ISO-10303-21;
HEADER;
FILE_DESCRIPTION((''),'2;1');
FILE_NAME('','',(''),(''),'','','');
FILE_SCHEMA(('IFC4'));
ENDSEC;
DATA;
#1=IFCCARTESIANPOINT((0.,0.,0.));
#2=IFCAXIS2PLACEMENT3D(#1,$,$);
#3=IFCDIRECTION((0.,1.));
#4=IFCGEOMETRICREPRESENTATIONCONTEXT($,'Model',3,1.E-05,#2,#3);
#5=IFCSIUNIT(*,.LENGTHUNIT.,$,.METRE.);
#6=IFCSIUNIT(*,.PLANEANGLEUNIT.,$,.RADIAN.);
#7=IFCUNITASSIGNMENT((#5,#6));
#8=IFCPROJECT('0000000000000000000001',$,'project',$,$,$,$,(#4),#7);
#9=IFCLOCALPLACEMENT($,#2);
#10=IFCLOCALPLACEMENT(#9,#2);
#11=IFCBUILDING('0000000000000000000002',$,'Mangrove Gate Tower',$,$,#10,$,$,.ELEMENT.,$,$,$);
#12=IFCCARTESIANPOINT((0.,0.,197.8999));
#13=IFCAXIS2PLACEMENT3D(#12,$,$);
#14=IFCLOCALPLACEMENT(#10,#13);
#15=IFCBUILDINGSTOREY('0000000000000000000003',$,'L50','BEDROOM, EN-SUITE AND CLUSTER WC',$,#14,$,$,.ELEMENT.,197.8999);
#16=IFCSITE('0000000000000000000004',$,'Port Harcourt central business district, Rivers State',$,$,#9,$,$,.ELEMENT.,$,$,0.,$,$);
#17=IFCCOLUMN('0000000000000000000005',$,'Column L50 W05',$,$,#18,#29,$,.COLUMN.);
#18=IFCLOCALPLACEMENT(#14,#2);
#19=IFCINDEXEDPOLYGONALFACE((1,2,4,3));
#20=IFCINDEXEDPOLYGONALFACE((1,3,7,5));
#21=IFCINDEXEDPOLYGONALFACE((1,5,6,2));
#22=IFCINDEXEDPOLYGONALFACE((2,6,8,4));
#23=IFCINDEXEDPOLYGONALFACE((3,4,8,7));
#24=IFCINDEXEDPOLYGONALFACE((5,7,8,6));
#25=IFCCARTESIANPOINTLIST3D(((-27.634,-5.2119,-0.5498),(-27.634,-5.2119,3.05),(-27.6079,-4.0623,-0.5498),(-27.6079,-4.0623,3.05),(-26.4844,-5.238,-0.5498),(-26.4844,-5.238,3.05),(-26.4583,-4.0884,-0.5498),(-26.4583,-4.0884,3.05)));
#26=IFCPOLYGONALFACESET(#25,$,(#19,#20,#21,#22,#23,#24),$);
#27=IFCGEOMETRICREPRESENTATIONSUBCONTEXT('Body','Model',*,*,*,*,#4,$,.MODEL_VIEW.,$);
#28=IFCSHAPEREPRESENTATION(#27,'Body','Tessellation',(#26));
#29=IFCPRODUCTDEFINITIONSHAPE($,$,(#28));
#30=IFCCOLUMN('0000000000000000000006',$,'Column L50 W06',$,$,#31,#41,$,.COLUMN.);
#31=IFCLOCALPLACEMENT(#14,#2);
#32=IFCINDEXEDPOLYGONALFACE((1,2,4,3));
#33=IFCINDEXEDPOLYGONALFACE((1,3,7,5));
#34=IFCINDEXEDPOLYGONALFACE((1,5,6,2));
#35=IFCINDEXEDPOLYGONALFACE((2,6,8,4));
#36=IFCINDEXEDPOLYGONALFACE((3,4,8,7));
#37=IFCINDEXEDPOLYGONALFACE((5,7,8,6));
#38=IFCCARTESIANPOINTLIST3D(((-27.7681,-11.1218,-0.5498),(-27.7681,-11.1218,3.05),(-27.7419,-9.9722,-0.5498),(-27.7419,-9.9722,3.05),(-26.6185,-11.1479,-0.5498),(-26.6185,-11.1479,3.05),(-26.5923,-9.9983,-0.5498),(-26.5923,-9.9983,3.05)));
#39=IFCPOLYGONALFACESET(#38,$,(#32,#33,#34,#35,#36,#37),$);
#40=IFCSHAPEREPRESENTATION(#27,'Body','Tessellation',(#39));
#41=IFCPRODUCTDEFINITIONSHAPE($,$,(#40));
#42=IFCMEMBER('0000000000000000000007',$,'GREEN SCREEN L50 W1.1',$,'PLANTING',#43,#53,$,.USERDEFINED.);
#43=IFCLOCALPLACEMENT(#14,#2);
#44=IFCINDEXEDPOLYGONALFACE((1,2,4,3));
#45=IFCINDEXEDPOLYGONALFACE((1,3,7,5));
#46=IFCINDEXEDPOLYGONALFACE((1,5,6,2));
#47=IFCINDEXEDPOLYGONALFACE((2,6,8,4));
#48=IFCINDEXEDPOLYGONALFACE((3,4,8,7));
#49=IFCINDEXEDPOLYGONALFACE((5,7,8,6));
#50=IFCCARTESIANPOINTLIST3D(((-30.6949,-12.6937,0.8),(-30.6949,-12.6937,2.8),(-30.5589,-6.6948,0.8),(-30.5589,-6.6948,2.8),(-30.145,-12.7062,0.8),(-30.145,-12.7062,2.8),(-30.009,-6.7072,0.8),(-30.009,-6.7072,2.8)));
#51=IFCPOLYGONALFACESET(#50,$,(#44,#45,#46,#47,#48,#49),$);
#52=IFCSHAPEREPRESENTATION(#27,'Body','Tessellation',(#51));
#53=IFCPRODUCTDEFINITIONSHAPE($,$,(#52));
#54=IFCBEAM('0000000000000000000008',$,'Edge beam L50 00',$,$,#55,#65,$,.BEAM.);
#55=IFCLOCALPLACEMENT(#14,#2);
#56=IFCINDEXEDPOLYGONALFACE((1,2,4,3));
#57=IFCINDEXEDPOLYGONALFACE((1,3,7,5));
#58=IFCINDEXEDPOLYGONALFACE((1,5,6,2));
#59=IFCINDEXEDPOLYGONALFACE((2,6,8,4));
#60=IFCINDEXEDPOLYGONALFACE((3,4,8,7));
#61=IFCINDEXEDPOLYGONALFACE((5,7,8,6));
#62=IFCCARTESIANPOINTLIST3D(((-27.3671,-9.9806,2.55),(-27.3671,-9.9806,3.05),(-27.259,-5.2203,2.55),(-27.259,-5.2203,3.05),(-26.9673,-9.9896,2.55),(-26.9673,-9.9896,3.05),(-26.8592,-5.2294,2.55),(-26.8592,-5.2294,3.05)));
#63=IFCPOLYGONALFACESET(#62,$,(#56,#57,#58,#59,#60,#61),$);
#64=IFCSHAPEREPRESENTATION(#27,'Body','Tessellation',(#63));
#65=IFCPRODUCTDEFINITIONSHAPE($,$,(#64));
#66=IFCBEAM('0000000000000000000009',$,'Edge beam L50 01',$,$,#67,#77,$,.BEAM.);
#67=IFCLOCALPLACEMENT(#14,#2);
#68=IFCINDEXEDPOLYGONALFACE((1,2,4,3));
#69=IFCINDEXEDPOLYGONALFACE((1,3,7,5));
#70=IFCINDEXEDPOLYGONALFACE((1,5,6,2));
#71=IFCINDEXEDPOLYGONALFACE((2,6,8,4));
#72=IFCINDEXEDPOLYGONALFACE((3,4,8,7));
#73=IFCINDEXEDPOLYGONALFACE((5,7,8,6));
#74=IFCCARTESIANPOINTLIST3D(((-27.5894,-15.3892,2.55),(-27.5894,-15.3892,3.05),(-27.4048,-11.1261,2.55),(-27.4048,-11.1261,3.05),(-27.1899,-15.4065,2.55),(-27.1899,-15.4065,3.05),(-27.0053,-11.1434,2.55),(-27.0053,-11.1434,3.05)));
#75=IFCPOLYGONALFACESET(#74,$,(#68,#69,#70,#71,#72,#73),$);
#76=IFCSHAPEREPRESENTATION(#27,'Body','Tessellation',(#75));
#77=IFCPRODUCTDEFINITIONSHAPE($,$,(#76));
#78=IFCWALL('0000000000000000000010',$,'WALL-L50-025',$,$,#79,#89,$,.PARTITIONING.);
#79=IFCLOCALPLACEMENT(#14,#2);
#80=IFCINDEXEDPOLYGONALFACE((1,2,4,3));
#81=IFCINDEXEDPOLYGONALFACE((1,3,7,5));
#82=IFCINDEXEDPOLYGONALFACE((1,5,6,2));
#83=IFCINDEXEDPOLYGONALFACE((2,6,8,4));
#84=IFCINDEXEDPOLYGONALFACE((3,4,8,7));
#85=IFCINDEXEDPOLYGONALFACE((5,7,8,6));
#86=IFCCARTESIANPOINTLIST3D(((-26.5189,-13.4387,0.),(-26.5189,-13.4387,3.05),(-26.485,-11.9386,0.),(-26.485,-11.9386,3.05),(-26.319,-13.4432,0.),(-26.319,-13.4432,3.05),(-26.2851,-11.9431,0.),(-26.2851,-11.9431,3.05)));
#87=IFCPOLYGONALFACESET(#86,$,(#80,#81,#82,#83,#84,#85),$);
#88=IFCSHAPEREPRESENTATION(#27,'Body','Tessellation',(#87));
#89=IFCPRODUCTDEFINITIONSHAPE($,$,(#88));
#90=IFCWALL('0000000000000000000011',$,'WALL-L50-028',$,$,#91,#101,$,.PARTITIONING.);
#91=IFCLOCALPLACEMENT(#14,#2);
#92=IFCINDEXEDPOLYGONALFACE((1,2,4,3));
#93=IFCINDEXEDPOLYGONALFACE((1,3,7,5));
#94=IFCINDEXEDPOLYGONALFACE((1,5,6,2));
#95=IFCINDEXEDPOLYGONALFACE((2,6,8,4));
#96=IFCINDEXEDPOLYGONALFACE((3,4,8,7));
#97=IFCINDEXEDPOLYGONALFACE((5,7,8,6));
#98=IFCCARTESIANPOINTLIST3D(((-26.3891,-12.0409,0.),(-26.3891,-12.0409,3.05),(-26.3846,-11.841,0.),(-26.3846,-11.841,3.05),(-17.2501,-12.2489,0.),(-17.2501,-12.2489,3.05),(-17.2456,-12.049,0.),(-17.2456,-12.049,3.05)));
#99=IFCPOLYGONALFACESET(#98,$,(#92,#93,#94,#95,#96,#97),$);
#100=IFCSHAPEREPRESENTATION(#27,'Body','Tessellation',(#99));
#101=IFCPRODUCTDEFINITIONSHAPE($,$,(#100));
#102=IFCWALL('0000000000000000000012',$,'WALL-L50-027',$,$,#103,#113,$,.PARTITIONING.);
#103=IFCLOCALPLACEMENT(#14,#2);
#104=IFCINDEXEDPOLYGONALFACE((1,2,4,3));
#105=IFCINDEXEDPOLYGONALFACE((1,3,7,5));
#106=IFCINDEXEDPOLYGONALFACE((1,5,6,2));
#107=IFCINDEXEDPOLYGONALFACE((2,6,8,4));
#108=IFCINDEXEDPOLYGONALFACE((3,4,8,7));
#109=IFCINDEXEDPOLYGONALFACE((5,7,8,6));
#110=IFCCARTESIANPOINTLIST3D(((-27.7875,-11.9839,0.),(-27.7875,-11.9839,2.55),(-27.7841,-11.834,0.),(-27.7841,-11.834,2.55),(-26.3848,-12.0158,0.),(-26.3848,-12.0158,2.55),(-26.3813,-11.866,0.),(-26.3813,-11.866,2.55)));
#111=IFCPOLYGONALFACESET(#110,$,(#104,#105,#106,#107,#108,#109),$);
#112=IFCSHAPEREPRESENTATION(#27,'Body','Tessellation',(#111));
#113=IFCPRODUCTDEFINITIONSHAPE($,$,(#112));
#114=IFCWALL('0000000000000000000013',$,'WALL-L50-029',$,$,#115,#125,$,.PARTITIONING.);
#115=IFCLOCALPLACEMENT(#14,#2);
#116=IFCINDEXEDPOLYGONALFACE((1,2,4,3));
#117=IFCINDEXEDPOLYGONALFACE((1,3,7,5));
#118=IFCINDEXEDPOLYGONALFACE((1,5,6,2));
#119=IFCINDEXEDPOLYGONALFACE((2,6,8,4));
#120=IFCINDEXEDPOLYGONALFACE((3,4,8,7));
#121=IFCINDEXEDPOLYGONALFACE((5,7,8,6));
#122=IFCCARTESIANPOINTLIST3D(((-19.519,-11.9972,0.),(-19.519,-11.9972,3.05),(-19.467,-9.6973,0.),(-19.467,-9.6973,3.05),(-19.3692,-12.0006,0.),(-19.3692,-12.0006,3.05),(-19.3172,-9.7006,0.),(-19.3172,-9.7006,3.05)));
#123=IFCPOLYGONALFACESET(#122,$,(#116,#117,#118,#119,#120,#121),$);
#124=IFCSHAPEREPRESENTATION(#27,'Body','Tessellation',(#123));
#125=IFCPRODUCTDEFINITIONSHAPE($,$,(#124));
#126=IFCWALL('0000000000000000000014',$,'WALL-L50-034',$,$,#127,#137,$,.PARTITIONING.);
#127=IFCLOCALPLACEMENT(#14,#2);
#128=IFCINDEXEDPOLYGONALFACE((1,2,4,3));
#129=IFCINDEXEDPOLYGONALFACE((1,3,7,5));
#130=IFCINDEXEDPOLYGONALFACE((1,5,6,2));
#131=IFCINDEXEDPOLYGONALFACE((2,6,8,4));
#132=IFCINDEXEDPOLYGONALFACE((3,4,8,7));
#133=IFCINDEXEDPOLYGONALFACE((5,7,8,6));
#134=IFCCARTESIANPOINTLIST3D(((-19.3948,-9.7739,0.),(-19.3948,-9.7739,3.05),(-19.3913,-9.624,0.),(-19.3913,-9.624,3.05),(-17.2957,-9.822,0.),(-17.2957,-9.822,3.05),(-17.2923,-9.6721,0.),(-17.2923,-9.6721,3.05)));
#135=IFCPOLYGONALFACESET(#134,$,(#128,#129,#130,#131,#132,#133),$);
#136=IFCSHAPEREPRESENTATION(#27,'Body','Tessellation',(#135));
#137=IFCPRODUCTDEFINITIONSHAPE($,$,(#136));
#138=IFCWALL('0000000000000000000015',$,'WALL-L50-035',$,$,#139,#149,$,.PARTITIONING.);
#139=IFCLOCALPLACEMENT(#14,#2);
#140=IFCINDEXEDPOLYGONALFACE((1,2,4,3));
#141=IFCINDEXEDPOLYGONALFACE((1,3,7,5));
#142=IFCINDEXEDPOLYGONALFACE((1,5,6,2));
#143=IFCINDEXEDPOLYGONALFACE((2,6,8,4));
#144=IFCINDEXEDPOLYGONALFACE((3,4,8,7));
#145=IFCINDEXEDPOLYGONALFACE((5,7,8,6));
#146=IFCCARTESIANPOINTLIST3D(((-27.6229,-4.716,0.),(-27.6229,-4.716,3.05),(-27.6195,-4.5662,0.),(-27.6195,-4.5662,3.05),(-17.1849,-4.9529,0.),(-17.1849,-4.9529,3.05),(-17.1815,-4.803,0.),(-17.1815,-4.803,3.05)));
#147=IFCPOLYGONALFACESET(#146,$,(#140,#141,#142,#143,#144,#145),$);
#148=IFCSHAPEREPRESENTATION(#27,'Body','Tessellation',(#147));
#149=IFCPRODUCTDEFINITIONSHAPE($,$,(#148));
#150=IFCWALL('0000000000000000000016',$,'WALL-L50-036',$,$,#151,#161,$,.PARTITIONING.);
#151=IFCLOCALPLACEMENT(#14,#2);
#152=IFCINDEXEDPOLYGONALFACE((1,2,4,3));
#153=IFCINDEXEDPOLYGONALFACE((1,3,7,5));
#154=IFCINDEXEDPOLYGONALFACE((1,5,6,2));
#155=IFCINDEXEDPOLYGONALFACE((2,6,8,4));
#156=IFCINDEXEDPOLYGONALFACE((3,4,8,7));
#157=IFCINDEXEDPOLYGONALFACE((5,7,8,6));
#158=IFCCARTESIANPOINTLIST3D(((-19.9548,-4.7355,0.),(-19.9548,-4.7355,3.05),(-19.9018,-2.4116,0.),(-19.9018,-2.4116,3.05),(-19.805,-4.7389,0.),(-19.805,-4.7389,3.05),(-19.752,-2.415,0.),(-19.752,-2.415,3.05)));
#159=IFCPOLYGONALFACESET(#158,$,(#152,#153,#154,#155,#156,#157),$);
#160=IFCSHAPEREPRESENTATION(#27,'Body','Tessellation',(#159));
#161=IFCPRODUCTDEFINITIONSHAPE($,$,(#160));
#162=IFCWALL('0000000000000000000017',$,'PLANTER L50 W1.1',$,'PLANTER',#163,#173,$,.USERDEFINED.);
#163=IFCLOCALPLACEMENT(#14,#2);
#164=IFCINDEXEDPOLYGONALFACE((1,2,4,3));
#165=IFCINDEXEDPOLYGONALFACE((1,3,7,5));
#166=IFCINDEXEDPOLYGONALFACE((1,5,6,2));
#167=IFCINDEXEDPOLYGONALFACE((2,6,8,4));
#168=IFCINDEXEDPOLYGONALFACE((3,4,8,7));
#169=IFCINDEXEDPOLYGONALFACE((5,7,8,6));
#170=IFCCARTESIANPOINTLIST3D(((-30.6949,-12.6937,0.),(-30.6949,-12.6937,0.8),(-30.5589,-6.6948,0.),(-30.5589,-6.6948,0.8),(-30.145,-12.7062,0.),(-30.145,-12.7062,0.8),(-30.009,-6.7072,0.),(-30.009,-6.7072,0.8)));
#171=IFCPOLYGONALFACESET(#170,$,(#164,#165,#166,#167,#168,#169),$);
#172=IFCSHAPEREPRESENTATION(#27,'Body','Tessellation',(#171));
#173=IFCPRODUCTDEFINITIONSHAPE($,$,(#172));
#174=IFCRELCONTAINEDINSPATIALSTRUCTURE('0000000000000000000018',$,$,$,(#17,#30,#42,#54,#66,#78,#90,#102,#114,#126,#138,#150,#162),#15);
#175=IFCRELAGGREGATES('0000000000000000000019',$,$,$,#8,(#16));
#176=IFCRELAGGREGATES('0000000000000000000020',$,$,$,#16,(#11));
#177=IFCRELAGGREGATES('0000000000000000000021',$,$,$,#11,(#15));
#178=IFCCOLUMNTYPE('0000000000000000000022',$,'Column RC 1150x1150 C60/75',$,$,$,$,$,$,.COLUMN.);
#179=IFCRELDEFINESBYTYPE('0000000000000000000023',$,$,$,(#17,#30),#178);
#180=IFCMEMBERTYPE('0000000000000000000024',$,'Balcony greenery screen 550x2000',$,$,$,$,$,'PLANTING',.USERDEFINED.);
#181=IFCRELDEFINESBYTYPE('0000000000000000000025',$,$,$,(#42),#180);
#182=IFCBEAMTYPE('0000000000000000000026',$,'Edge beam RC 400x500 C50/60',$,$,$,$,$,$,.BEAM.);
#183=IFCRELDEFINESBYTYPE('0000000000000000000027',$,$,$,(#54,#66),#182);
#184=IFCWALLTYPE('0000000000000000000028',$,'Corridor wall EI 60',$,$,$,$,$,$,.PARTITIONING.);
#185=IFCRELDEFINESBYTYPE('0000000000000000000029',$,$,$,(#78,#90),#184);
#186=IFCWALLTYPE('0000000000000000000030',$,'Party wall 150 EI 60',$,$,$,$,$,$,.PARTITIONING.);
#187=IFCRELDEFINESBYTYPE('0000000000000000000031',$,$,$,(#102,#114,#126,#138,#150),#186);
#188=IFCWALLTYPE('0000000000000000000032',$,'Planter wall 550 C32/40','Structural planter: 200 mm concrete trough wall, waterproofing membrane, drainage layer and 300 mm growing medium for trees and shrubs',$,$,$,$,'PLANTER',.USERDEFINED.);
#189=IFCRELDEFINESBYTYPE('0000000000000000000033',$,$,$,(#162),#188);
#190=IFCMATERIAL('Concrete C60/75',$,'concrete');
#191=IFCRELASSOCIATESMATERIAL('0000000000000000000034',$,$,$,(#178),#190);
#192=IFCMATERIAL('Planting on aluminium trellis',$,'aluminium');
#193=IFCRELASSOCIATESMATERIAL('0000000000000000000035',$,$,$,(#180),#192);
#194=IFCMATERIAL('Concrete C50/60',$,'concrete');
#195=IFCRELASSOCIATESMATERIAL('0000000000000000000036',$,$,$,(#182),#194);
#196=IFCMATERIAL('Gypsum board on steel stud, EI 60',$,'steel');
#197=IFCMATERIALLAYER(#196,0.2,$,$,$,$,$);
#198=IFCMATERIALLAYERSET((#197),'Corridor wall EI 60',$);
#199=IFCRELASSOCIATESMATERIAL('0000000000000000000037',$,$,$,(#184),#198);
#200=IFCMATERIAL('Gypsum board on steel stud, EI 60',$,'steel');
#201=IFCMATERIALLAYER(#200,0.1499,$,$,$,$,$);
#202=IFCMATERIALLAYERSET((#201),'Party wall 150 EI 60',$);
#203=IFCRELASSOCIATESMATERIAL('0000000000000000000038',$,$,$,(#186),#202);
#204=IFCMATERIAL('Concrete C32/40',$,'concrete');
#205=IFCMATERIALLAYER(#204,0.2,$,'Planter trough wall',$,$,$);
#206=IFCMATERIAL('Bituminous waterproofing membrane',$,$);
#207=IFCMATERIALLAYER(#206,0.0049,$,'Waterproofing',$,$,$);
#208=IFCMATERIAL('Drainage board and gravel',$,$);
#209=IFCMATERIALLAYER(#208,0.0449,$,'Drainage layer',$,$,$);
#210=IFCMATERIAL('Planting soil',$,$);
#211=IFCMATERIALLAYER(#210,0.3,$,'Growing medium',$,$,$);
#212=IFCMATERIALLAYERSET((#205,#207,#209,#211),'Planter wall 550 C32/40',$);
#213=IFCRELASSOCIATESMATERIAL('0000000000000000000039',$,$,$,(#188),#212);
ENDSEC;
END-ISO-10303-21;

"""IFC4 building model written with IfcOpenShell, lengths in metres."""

from ifc_helpers import new_model, si_unit, direction, frame, frame_2d, origin, origin_2d, place, context, subcontext, project, spatial, rectangle, extrude, material, layer, layer_set, material_profile, profile_set, type_object, element, save


model = new_model("IFC4")

# Units and contexts
model_context = context("Model", 3, precision=1e-05, world=origin(), true_north=direction((0.0, 1.0)))
body_context = subcontext(model_context, "Body", "Model", "MODEL_VIEW")
ifc_project = project(units=[si_unit("LENGTHUNIT", "METRE"), si_unit("PLANEANGLEUNIT", "RADIAN")], contexts=[model_context])

# Site, building, storey
site_placement = place(None, origin())
site = spatial("IfcSite", under=ifc_project, at=site_placement, Name="Port Harcourt central business district, Rivers State", CompositionType="ELEMENT", RefElevation=0.0)
building_placement = place(site_placement, origin())
building = spatial("IfcBuilding", under=site, at=building_placement, Name="Mangrove Gate Tower", CompositionType="ELEMENT")
storey_placement = place(building_placement, frame((0.0, 0.0, 197.8999)))
storey = spatial("IfcBuildingStorey", under=building, at=storey_placement, Name="L50", Description="BEDROOM, EN-SUITE AND CLUSTER WC", CompositionType="ELEMENT", Elevation=197.8999)

# Columns
ifc_material_1 = material(Name="Concrete C60/75", Category="concrete")
ifc_material_profile_1 = material_profile(ifc_material_1, rectangle(XDim=1.1499, YDim=1.1499, at=origin_2d()))
ifc_profile_set_1 = profile_set([ifc_material_profile_1], Name="Concrete C60/75")
column_type = type_object("IfcColumnType", Name="Column RC 1150x1150 C60/75", PredefinedType="COLUMN", material=ifc_profile_set_1)
for number, where, z_axis, x_axis, name in (
    (1, (-27.0461, -4.6501, -0.5498), (0.0, 0.0, 1.0), (-0.022682, -0.999743, 0.0), "Column L50 W05"),
    (2, (-27.1802, -10.5601, -0.5498), (0.0, 0.0, 1.0), (-0.02275, -0.999741, 0.0), "Column L50 W06"),
):
    element("IfcColumn", number, at=place(storey_placement, frame(where, z_axis=z_axis, x_axis=x_axis)), inside=storey, type_object=column_type, Name=name, PredefinedType="COLUMN", context=body_context, shape_type="SweptSolid", body=[
        extrude(rectangle(XDim=1.1499, YDim=1.1499, at=origin_2d()), origin(), (0.0, 0.0, 1.0), 3.5999),
    ])

# Member
ifc_material_2 = material(Name="Planting on aluminium trellis", Category="aluminium")
ifc_material_profile_2 = material_profile(ifc_material_2, rectangle(XDim=0.55, YDim=2.0, at=origin_2d()))
ifc_profile_set_2 = profile_set([ifc_material_profile_2], Name="Planting on aluminium trellis")
member_type = type_object("IfcMemberType", Name="Balcony greenery screen 550x2000", ElementType="PLANTING", PredefinedType="USERDEFINED", material=ifc_profile_set_2)
member_placement = place(storey_placement, frame((-30.4199, -12.7, 1.8), z_axis=(0.022662, 0.999743, 0.0), x_axis=(-0.999743, 0.022662, 0.0)))
element("IfcMember", 3, at=member_placement, inside=storey, type_object=member_type, Name="GREEN SCREEN L50 W1.1", ObjectType="PLANTING", PredefinedType="USERDEFINED", context=body_context, shape_type="SweptSolid", body=[
    extrude(rectangle(XDim=0.55, YDim=2.0, at=origin_2d()), origin(), (0.0, 0.0, 1.0), 6.0005),
])

# Beams
ifc_material_3 = material(Name="Concrete C50/60", Category="concrete")
ifc_material_profile_3 = material_profile(ifc_material_3, rectangle(XDim=0.3999, YDim=0.5, at=origin_2d()))
ifc_profile_set_3 = profile_set([ifc_material_profile_3], Name="Concrete C50/60")
beam_type = type_object("IfcBeamType", Name="Edge beam RC 400x500 C50/60", PredefinedType="BEAM", material=ifc_profile_set_3)
beam_1_placement = place(storey_placement, frame((-27.0591, -5.2249, 2.8), z_axis=(-0.022714, -0.999742, 0.0), x_axis=(0.999742, -0.022714, 0.0)))
element("IfcBeam", 4, at=beam_1_placement, inside=storey, type_object=beam_type, Name="Edge beam L50 00", PredefinedType="BEAM", context=body_context, shape_type="SweptSolid", body=[
    extrude(rectangle(XDim=0.3999, YDim=0.5, at=origin_2d()), origin(), (0.0, 0.0, 1.0), 4.7615),
])
beam_2_placement = place(storey_placement, frame((-27.2051, -11.1348, 2.8), z_axis=(-0.043253, -0.999064, 0.0), x_axis=(0.999064, -0.043253, 0.0)))
element("IfcBeam", 5, at=beam_2_placement, inside=storey, type_object=beam_type, Name="Edge beam L50 01", PredefinedType="BEAM", context=body_context, shape_type="SweptSolid", body=[
    extrude(rectangle(XDim=0.3999, YDim=0.5, at=origin_2d()), origin(), (0.0, 0.0, 1.0), 4.2671),
])

# Walls
ifc_material_4 = material(Name="Gypsum board on steel stud, EI 60", Category="steel")
ifc_layer_1 = layer(ifc_material_4, 0.2)
ifc_layer_set_1 = layer_set([ifc_layer_1], Name="Corridor wall EI 60")
wall_type_1 = type_object("IfcWallType", Name="Corridor wall EI 60", PredefinedType="PARTITIONING", material=ifc_layer_set_1)
wall_1_placement = place(storey_placement, frame((-26.4189, -13.4409, 0.0), z_axis=(0.0, 0.0, 1.0), x_axis=(0.022618, 0.999744, 0.0)))
element("IfcWall", 6, at=wall_1_placement, inside=storey, type_object=wall_type_1, Name="WALL-L50-025", PredefinedType="PARTITIONING", context=body_context, shape_type="SweptSolid", body=[
    extrude(rectangle(XDim=1.5005, YDim=0.2, at=frame_2d((0.7502, 0.0))), origin(), (0.0, 0.0, 1.0), 3.05),
])
wall_2_placement = place(storey_placement, frame((-26.387, -11.9409, 0.0), z_axis=(0.0, 0.0, 1.0), x_axis=(0.999741, -0.022755, 0.0)))
element("IfcWall", 7, at=wall_2_placement, inside=storey, type_object=wall_type_1, Name="WALL-L50-028", PredefinedType="PARTITIONING", context=body_context, shape_type="SweptSolid", body=[
    extrude(rectangle(XDim=9.1414, YDim=0.2, at=frame_2d((4.5708, 0.0))), origin(), (0.0, 0.0, 1.0), 3.05),
])

# Walls
ifc_material_5 = material(Name="Gypsum board on steel stud, EI 60", Category="steel")
ifc_layer_2 = layer(ifc_material_5, 0.1499)
ifc_layer_set_2 = layer_set([ifc_layer_2], Name="Party wall 150 EI 60")
wall_type_2 = type_object("IfcWallType", Name="Party wall 150 EI 60", PredefinedType="PARTITIONING", material=ifc_layer_set_2)
wall_3_placement = place(storey_placement, frame((-27.7859, -11.9089, 0.0), z_axis=(0.0, 0.0, 1.0), x_axis=(0.99974, -0.022793, 0.0)))
element("IfcWall", 8, at=wall_3_placement, inside=storey, type_object=wall_type_2, Name="WALL-L50-027", PredefinedType="PARTITIONING", context=body_context, shape_type="SweptSolid", body=[
    extrude(rectangle(XDim=1.4031, YDim=0.1499, at=frame_2d((0.7017, 0.0))), origin(), (0.0, 0.0, 1.0), 2.55),
])
wall_4_placement = place(storey_placement, frame((-19.4441, -11.999, 0.0), z_axis=(0.0, 0.0, 1.0), x_axis=(0.022603, 0.999745, 0.0)))
element("IfcWall", 9, at=wall_4_placement, inside=storey, type_object=wall_type_2, Name="WALL-L50-029", PredefinedType="PARTITIONING", context=body_context, shape_type="SweptSolid", body=[
    extrude(rectangle(XDim=2.3005, YDim=0.1499, at=frame_2d((1.1504, 0.0))), origin(), (0.0, 0.0, 1.0), 3.05),
])
wall_5_placement = place(storey_placement, frame((-19.3931, -9.699, 0.0), z_axis=(0.0, 0.0, 1.0), x_axis=(0.999738, -0.022906, 0.0)))
element("IfcWall", 10, at=wall_5_placement, inside=storey, type_object=wall_type_2, Name="WALL-L50-034", PredefinedType="PARTITIONING", context=body_context, shape_type="SweptSolid", body=[
    extrude(rectangle(XDim=2.0996, YDim=0.1499, at=frame_2d((1.0498, 0.0))), origin(), (0.0, 0.0, 1.0), 3.05),
])
wall_6_placement = place(storey_placement, frame((-27.6211, -4.6411, 0.0), z_axis=(0.0, 0.0, 1.0), x_axis=(0.999743, -0.022682, 0.0)))
element("IfcWall", 11, at=wall_6_placement, inside=storey, type_object=wall_type_2, Name="WALL-L50-035", PredefinedType="PARTITIONING", context=body_context, shape_type="SweptSolid", body=[
    extrude(rectangle(XDim=10.4407, YDim=0.1499, at=frame_2d((5.2202, 0.0))), origin(), (0.0, 0.0, 1.0), 3.05),
])
wall_7_placement = place(storey_placement, frame((-19.8799, -4.7371, 0.0), z_axis=(0.0, 0.0, 1.0), x_axis=(0.022791, 0.99974, 0.0)))
element("IfcWall", 12, at=wall_7_placement, inside=storey, type_object=wall_type_2, Name="WALL-L50-036", PredefinedType="PARTITIONING", context=body_context, shape_type="SweptSolid", body=[
    extrude(rectangle(XDim=2.3245, YDim=0.1499, at=frame_2d((1.1621, 0.0))), origin(), (0.0, 0.0, 1.0), 3.05),
])
ifc_material_6 = material(Name="Concrete C32/40", Category="concrete")
ifc_layer_3 = layer(ifc_material_6, 0.2, Name="Planter trough wall")
ifc_material_7 = material(Name="Bituminous waterproofing membrane")
ifc_layer_4 = layer(ifc_material_7, 0.0049, Name="Waterproofing")
ifc_material_8 = material(Name="Drainage board and gravel")
ifc_layer_5 = layer(ifc_material_8, 0.0449, Name="Drainage layer")
ifc_material_9 = material(Name="Planting soil")
ifc_layer_6 = layer(ifc_material_9, 0.3, Name="Growing medium")
ifc_layer_set_3 = layer_set([ifc_layer_3, ifc_layer_4, ifc_layer_5, ifc_layer_6], Name="Planter wall 550 C32/40")
wall_type_3 = type_object("IfcWallType", Name="Planter wall 550 C32/40", Description="Structural planter: 200 mm concrete trough wall, waterproofing membrane, drainage layer and 300 mm growing medium for trees and shrubs", ElementType="PLANTER", PredefinedType="USERDEFINED", material=ifc_layer_set_3)
wall_8_placement = place(storey_placement, frame((-30.4199, -12.7, 0.0), z_axis=(0.0, 0.0, 1.0), x_axis=(0.022662, 0.999743, 0.0)))
element("IfcWall", 13, at=wall_8_placement, inside=storey, type_object=wall_type_3, Name="PLANTER L50 W1.1", ObjectType="PLANTER", PredefinedType="USERDEFINED", context=body_context, shape_type="SweptSolid", body=[
    extrude(rectangle(XDim=6.0005, YDim=0.55, at=frame_2d((3.0002, 0.0))), origin(), (0.0, 0.0, 1.0), 0.8),
])

save(model, "model.ifc")
